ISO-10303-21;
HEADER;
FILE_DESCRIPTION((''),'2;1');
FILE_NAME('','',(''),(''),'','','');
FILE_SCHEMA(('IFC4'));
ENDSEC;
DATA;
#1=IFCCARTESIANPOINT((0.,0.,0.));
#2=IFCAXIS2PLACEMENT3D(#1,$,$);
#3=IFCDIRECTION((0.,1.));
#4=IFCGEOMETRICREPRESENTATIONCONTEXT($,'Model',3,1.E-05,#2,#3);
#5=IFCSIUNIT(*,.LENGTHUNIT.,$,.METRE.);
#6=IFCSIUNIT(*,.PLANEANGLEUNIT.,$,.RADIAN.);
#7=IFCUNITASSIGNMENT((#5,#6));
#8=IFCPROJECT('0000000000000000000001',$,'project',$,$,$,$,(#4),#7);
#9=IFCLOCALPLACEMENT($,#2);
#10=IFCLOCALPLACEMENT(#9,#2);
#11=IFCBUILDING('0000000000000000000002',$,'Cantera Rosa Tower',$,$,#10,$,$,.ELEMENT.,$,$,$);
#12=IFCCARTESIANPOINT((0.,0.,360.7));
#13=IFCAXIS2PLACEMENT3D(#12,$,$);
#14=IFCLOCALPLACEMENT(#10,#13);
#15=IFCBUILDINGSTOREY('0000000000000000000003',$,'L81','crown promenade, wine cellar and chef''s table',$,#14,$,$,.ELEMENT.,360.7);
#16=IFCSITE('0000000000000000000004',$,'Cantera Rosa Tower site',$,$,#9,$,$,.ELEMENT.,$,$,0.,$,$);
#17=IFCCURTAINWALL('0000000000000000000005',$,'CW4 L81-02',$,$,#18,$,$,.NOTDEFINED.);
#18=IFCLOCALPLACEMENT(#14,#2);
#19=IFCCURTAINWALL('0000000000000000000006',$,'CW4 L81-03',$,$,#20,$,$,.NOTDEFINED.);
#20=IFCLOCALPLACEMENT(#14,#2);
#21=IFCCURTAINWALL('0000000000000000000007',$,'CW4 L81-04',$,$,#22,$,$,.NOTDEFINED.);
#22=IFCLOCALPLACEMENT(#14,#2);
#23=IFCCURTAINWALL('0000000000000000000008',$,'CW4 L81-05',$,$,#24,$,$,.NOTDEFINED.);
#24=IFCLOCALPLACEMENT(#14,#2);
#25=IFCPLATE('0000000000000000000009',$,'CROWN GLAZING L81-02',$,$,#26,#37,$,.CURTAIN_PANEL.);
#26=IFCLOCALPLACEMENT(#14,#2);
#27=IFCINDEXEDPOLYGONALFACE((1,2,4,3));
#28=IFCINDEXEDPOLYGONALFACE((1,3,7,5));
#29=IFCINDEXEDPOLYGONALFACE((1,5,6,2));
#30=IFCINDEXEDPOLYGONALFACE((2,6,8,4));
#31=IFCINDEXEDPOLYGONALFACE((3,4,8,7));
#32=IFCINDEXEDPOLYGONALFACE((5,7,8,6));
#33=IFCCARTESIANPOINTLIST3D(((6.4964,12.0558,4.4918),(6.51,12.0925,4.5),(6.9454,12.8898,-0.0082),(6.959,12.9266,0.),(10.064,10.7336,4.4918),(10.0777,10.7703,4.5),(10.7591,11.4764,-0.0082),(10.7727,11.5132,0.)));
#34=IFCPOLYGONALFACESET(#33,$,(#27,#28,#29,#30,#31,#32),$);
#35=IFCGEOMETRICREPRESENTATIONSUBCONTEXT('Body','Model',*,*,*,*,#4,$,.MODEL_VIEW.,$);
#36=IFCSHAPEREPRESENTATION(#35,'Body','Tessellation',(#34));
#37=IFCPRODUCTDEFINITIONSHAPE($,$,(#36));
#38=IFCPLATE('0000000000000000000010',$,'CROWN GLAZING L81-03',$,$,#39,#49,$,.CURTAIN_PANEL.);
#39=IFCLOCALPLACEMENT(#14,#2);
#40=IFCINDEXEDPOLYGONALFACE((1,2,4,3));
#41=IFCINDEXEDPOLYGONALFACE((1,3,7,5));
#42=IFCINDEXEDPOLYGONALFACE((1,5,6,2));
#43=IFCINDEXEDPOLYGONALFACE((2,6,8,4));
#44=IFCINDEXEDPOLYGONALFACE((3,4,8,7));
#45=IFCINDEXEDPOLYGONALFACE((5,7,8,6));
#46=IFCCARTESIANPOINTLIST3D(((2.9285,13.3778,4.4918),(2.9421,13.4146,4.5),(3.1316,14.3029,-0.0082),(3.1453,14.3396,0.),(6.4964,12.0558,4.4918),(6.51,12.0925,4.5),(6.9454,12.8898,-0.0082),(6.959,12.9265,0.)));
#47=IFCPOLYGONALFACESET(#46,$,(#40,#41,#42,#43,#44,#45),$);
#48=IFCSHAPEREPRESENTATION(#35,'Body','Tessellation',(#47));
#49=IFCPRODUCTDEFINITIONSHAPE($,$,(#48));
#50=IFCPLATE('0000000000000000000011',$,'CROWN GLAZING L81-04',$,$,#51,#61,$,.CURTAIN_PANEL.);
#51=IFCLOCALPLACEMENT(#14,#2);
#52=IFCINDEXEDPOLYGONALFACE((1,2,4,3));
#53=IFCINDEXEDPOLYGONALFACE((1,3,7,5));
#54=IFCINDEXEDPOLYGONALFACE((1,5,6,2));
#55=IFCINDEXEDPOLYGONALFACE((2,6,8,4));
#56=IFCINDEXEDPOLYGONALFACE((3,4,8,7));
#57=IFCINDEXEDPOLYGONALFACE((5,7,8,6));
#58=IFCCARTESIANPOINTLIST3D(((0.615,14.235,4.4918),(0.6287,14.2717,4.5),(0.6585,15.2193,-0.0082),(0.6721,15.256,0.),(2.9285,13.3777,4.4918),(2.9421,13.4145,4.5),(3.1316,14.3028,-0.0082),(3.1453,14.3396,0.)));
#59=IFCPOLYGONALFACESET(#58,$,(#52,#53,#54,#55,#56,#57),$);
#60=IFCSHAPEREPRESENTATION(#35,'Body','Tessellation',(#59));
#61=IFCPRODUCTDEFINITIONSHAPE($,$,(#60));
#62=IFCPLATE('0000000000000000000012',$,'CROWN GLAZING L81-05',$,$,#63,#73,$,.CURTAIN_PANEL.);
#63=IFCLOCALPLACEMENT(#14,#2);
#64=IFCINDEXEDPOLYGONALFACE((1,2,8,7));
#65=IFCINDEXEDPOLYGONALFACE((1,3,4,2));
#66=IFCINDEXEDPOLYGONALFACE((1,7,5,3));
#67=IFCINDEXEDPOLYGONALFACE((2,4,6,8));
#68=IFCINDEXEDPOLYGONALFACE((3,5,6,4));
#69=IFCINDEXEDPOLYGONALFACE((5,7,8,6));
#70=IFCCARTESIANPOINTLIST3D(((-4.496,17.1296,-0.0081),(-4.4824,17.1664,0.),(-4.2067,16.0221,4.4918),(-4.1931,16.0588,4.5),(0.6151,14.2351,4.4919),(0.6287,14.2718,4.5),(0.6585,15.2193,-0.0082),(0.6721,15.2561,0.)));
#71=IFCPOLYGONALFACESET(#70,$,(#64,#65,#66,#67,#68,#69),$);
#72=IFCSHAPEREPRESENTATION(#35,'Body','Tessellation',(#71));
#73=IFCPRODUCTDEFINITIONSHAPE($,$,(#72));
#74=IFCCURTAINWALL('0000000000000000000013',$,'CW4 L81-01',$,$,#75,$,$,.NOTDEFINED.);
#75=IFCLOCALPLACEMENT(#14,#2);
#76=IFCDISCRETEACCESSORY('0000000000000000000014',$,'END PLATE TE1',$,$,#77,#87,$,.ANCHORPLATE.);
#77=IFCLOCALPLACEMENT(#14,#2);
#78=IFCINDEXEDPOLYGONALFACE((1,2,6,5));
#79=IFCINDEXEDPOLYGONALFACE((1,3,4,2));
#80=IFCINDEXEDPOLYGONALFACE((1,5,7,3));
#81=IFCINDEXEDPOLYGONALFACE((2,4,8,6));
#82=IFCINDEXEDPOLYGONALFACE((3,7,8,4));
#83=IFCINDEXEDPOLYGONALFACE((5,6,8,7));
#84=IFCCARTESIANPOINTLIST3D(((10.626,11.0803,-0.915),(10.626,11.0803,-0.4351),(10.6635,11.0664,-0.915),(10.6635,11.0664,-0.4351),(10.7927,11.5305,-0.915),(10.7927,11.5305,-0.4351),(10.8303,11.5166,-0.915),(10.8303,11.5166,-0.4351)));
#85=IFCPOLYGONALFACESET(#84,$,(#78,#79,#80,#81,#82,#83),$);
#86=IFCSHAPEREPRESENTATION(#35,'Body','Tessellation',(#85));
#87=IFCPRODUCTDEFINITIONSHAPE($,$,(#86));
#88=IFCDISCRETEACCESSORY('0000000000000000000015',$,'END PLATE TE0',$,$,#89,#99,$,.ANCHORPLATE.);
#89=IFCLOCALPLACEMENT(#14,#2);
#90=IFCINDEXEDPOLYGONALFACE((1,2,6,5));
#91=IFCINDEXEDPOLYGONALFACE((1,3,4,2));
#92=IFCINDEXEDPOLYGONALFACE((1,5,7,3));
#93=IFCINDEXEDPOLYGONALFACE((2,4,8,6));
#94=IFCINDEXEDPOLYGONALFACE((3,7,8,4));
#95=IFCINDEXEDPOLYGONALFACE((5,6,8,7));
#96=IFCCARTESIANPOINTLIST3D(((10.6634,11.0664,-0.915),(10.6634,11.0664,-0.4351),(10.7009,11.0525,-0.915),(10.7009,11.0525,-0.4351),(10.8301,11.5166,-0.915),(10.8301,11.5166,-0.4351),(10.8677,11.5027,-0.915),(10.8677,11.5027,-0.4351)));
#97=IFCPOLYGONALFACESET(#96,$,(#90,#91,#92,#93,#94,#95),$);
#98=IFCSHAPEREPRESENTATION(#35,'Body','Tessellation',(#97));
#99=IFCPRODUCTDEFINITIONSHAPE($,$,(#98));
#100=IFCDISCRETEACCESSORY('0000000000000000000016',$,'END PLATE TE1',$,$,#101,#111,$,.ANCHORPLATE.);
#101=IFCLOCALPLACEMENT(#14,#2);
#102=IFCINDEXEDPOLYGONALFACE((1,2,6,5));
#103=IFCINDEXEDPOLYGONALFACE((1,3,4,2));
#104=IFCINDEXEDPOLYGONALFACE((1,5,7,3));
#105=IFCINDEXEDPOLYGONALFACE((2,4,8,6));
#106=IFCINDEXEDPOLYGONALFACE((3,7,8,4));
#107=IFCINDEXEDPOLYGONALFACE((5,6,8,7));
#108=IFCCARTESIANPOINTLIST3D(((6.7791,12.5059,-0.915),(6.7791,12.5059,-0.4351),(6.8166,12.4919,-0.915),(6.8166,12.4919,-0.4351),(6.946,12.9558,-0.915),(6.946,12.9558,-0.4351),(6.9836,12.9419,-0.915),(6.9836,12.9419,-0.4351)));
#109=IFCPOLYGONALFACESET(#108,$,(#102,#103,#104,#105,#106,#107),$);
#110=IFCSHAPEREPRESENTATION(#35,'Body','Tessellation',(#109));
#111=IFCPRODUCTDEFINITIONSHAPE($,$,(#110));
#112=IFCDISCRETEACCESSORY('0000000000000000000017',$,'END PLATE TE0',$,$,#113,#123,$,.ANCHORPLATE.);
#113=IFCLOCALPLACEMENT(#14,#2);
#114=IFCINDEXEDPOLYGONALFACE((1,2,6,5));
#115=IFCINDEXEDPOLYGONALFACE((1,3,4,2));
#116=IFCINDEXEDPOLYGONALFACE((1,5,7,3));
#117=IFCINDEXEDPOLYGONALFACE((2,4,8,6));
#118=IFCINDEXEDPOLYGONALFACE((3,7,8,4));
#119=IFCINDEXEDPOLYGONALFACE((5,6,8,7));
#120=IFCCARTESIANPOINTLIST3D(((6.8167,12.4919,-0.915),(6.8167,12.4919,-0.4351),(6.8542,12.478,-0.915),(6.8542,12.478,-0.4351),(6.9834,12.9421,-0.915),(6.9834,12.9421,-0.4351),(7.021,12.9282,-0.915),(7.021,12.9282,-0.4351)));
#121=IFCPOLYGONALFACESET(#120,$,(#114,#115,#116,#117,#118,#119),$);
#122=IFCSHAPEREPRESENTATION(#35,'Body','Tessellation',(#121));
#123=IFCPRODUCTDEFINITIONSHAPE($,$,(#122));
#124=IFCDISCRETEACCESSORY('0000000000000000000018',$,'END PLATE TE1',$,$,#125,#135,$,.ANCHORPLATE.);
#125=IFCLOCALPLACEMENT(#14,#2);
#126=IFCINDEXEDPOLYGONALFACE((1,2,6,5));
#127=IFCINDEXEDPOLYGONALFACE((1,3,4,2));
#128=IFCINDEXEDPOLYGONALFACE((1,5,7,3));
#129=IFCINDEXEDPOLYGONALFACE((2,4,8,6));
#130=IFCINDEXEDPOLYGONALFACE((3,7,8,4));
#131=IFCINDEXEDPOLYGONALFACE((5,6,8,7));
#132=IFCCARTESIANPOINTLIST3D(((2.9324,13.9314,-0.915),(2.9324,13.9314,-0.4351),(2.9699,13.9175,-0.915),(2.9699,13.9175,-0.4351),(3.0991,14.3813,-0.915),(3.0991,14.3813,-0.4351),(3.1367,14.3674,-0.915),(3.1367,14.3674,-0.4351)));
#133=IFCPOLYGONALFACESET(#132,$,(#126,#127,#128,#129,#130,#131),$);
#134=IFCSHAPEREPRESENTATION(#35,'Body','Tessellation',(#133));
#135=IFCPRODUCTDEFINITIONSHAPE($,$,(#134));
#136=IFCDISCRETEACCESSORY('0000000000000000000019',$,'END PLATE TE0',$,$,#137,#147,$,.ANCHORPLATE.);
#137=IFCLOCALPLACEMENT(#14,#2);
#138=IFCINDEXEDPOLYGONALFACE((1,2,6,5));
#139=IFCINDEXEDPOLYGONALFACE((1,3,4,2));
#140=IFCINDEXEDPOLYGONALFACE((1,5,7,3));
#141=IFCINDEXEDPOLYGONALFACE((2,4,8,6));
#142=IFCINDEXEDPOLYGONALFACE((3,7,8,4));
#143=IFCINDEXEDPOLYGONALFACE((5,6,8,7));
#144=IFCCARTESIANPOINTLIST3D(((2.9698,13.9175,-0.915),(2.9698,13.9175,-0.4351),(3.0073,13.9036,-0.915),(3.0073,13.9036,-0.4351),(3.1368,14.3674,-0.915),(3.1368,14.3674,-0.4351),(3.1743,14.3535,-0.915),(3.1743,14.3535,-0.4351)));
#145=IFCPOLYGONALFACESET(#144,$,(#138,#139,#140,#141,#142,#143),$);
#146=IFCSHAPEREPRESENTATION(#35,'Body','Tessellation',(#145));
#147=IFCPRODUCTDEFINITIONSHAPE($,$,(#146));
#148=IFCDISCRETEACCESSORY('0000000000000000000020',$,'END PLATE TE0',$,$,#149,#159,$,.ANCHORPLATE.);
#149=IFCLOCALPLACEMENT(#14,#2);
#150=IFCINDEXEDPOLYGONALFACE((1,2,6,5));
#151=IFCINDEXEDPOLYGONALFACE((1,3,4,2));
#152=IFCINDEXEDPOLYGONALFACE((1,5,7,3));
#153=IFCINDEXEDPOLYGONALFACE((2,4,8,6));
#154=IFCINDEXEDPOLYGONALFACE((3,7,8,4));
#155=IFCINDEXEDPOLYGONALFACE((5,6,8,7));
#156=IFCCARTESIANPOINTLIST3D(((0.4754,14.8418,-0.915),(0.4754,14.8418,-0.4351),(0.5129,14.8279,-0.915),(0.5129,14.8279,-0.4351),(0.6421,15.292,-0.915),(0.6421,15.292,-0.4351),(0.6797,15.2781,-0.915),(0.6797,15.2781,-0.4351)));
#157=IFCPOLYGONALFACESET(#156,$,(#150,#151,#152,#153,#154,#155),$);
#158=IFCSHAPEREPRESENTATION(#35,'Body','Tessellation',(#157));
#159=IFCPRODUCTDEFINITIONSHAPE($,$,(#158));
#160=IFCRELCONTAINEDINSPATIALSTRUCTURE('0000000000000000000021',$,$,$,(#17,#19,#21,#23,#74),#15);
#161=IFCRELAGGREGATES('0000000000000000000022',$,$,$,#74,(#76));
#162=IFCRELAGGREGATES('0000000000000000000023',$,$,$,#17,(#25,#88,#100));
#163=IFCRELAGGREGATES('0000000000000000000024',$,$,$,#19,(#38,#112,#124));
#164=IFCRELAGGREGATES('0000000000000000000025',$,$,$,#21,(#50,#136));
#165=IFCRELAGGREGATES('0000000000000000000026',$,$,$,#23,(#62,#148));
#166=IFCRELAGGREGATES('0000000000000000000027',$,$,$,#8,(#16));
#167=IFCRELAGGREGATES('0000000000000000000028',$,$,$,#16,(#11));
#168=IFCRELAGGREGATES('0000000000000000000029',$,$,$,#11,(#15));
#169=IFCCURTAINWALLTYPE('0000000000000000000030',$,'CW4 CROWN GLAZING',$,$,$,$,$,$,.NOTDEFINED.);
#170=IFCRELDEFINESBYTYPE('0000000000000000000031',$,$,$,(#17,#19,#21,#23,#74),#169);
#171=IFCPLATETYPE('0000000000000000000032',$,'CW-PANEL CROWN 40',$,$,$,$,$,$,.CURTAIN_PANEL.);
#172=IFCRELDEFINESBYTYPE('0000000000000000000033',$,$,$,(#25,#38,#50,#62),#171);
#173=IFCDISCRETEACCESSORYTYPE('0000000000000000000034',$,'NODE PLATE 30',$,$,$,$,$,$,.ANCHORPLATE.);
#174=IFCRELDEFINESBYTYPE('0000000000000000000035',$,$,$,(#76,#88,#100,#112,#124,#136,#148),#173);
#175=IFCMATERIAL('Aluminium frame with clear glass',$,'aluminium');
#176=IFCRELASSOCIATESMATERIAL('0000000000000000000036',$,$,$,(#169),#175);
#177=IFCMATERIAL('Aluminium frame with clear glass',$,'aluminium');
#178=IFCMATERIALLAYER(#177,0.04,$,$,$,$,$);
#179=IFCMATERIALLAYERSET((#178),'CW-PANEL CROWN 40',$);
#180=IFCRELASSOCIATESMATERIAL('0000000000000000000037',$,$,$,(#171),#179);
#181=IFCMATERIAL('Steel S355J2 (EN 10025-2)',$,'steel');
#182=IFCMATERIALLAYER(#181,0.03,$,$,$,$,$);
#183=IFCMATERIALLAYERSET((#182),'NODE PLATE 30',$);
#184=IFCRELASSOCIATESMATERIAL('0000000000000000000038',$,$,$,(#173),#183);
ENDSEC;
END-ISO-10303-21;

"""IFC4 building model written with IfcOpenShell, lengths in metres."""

from ifc_helpers import new_model, si_unit, direction, frame, origin, place, context, subcontext, project, spatial, polyline, outline, extrude, material, layer, layer_set, type_object, element, aggregate, save


model = new_model("IFC4")

# Units and contexts
model_context = context("Model", 3, precision=1e-05, world=origin(), true_north=direction((0.0, 1.0)))
body_context = subcontext(model_context, "Body", "Model", "MODEL_VIEW")
ifc_project = project(units=[si_unit("LENGTHUNIT", "METRE"), si_unit("PLANEANGLEUNIT", "RADIAN")], contexts=[model_context])

# Site, building, storey
site_placement = place(None, origin())
site = spatial("IfcSite", under=ifc_project, at=site_placement, Name="Cantera Rosa Tower site", CompositionType="ELEMENT", RefElevation=0.0)
building_placement = place(site_placement, origin())
building = spatial("IfcBuilding", under=site, at=building_placement, Name="Cantera Rosa Tower", CompositionType="ELEMENT")
storey_placement = place(building_placement, frame((0.0, 0.0, 360.7)))
storey = spatial("IfcBuildingStorey", under=building, at=storey_placement, Name="L81", Description="crown promenade, wine cellar and chef's table", CompositionType="ELEMENT", Elevation=360.7)

# Curtain walls
ifc_material_1 = material(Name="Aluminium frame with clear glass", Category="aluminium")
curtain_wall_type = type_object("IfcCurtainWallType", Name="CW4 CROWN GLAZING", PredefinedType="NOTDEFINED", material=ifc_material_1)
curtain_wall_1_placement = place(storey_placement, origin())
curtain_wall_1 = element("IfcCurtainWall", 1, at=curtain_wall_1_placement, inside=storey, type_object=curtain_wall_type, Name="CW4 L81-02", PredefinedType="NOTDEFINED")
curtain_wall_2_placement = place(storey_placement, origin())
curtain_wall_2 = element("IfcCurtainWall", 2, at=curtain_wall_2_placement, inside=storey, type_object=curtain_wall_type, Name="CW4 L81-03", PredefinedType="NOTDEFINED")
curtain_wall_3_placement = place(storey_placement, origin())
curtain_wall_3 = element("IfcCurtainWall", 3, at=curtain_wall_3_placement, inside=storey, type_object=curtain_wall_type, Name="CW4 L81-04", PredefinedType="NOTDEFINED")
curtain_wall_4_placement = place(storey_placement, origin())
curtain_wall_4 = element("IfcCurtainWall", 4, at=curtain_wall_4_placement, inside=storey, type_object=curtain_wall_type, Name="CW4 L81-05", PredefinedType="NOTDEFINED")

# Plates
ifc_material_2 = material(Name="Aluminium frame with clear glass", Category="aluminium")
ifc_layer_1 = layer(ifc_material_2, 0.04)
ifc_layer_set_1 = layer_set([ifc_layer_1], Name="CW-PANEL CROWN 40")
plate_type = type_object("IfcPlateType", Name="CW-PANEL CROWN 40", PredefinedType="CURTAIN_PANEL", material=ifc_layer_set_1)
plate_1_placement = place(storey_placement, frame((10.7727, 11.5132, 0.0), z_axis=(0.340198, 0.917942, 0.204079), x_axis=(-0.937676, 0.347511, 0.000003)))
plate_1 = element("IfcPlate", 5, at=plate_1_placement, type_object=plate_type, Name="CROWN GLAZING L81-02", PredefinedType="CURTAIN_PANEL", context=body_context, shape_type="SweptSolid", body=[
    extrude(outline(polyline([(0.0, 0.0), (4.0672, 0.0), (4.1984, 4.5967), (0.3936, 4.5968), (0.0, 0.0)])), origin(), (0.0, 0.0, -1.0), 0.04),
])
plate_2_placement = place(storey_placement, frame((6.959, 12.9265, 0.0), z_axis=(0.340136, 0.917969, 0.20406), x_axis=(-0.9377, 0.347447, 0.000001)))
plate_2 = element("IfcPlate", 6, at=plate_2_placement, type_object=plate_type, Name="CROWN GLAZING L81-03", PredefinedType="CURTAIN_PANEL", context=body_context, shape_type="SweptSolid", body=[
    extrude(outline(polyline([(0.0, 0.0), (4.0671, 0.0), (3.9362, 4.5967), (0.1312, 4.5967), (0.0, 0.0)])), origin(), (0.0, 0.0, -1.0), 0.04),
])
plate_3_placement = place(storey_placement, frame((3.1453, 14.3396, 0.0), z_axis=(0.34015, 0.917961, 0.204072), x_axis=(-0.937694, 0.347463, -0.000006)))
plate_3 = element("IfcPlate", 7, at=plate_3_placement, type_object=plate_type, Name="CROWN GLAZING L81-04", PredefinedType="CURTAIN_PANEL", context=body_context, shape_type="SweptSolid", body=[
    extrude(outline(polyline([(0.0, 0.0), (2.6375, 0.0), (2.3362, 4.5967), (-0.131, 4.5967), (0.0, 0.0)])), origin(), (0.0, 0.0, -1.0), 0.04),
])
plate_4_placement = place(storey_placement, frame((0.6721, 15.2561, 0.0), z_axis=(0.340195, 0.917947, 0.204058), x_axis=(-0.937678, 0.347506, 0.000005)))
plate_4 = element("IfcPlate", 8, at=plate_4_placement, type_object=plate_type, Name="CROWN GLAZING L81-05", PredefinedType="CURTAIN_PANEL", context=body_context, shape_type="SweptSolid", body=[
    extrude(outline(polyline([(0.0, 0.0), (5.4971, 0.0), (4.841, 4.5967), (-0.3013, 4.5967), (0.0, 0.0)])), origin(), (0.0, 0.0, -1.0), 0.04),
])

# Curtain wall, discrete accessory
curtain_wall_5_placement = place(storey_placement, origin())
curtain_wall_5 = element("IfcCurtainWall", 9, at=curtain_wall_5_placement, inside=storey, type_object=curtain_wall_type, Name="CW4 L81-01", PredefinedType="NOTDEFINED")
ifc_material_3 = material(Name="Steel S355J2 (EN 10025-2)", Category="steel")
ifc_layer_2 = layer(ifc_material_3, 0.03)
ifc_layer_set_2 = layer_set([ifc_layer_2], Name="NODE PLATE 30")
discrete_accessory_type = type_object("IfcDiscreteAccessoryType", Name="NODE PLATE 30", PredefinedType="ANCHORPLATE", material=ifc_layer_set_2)
discrete_accessory_1_placement = place(storey_placement, frame((10.626, 11.0803, -0.4351), z_axis=(-0.937743, 0.347331, 0.0), x_axis=(0.347331, 0.937743, 0.0)))
discrete_accessory_1 = element("IfcDiscreteAccessory", 10, at=discrete_accessory_1_placement, type_object=discrete_accessory_type, Name="END PLATE TE1", PredefinedType="ANCHORPLATE", context=body_context, shape_type="SweptSolid", body=[
    extrude(outline(polyline([(0.0, 0.0), (0.4801, 0.0), (0.4801, 0.48), (0.0, 0.48), (0.0, 0.0)])), origin(), (0.0, 0.0, -1.0), 0.04),
])
aggregate(curtain_wall_5, [discrete_accessory_1])

# Discrete accessories
discrete_accessory_2_placement = place(storey_placement, frame((10.8677, 11.5027, -0.4351), z_axis=(0.937743, -0.347331, 0.0), x_axis=(-0.347331, -0.937743, 0.0)))
discrete_accessory_2 = element("IfcDiscreteAccessory", 11, at=discrete_accessory_2_placement, type_object=discrete_accessory_type, Name="END PLATE TE0", PredefinedType="ANCHORPLATE", context=body_context, shape_type="SweptSolid", body=[
    extrude(outline(polyline([(0.0, 0.0), (0.4801, 0.0), (0.4801, 0.48), (0.0, 0.48), (0.0, 0.0)])), origin(), (0.0, 0.0, -1.0), 0.04),
])
discrete_accessory_3_placement = place(storey_placement, frame((6.7791, 12.5059, -0.4351), z_axis=(-0.937515, 0.347944, 0.0), x_axis=(0.347944, 0.937515, 0.0)))
discrete_accessory_3 = element("IfcDiscreteAccessory", 12, at=discrete_accessory_3_placement, type_object=discrete_accessory_type, Name="END PLATE TE1", PredefinedType="ANCHORPLATE", context=body_context, shape_type="SweptSolid", body=[
    extrude(outline(polyline([(0.0, 0.0), (0.4799, 0.0), (0.4799, 0.48), (0.0, 0.48), (0.0, 0.0)])), origin(), (0.0, 0.0, -1.0), 0.04),
])
aggregate(curtain_wall_1, [plate_1, discrete_accessory_2, discrete_accessory_3])
discrete_accessory_4_placement = place(storey_placement, frame((7.021, 12.9282, -0.4351), z_axis=(0.937743, -0.347331, 0.0), x_axis=(-0.347331, -0.937743, 0.0)))
discrete_accessory_4 = element("IfcDiscreteAccessory", 13, at=discrete_accessory_4_placement, type_object=discrete_accessory_type, Name="END PLATE TE0", PredefinedType="ANCHORPLATE", context=body_context, shape_type="SweptSolid", body=[
    extrude(outline(polyline([(0.0, 0.0), (0.4801, 0.0), (0.4801, 0.48), (0.0, 0.48), (0.0, 0.0)])), origin(), (0.0, 0.0, -1.0), 0.04),
])
discrete_accessory_5_placement = place(storey_placement, frame((2.9324, 13.9314, -0.4351), z_axis=(-0.937681, 0.347497, 0.0), x_axis=(0.347497, 0.937681, 0.0)))
discrete_accessory_5 = element("IfcDiscreteAccessory", 14, at=discrete_accessory_5_placement, type_object=discrete_accessory_type, Name="END PLATE TE1", PredefinedType="ANCHORPLATE", context=body_context, shape_type="SweptSolid", body=[
    extrude(outline(polyline([(0.0, 0.0), (0.4799, 0.0), (0.4799, 0.48), (0.0, 0.48), (0.0, 0.0)])), origin(), (0.0, 0.0, -1.0), 0.04),
])
aggregate(curtain_wall_2, [plate_2, discrete_accessory_4, discrete_accessory_5])
discrete_accessory_6_placement = place(storey_placement, frame((3.1743, 14.3535, -0.4351), z_axis=(0.937515, -0.347944, 0.0), x_axis=(-0.347944, -0.937515, 0.0)))
discrete_accessory_6 = element("IfcDiscreteAccessory", 15, at=discrete_accessory_6_placement, type_object=discrete_accessory_type, Name="END PLATE TE0", PredefinedType="ANCHORPLATE", context=body_context, shape_type="SweptSolid", body=[
    extrude(outline(polyline([(0.0, 0.0), (0.4799, 0.0), (0.4799, 0.48), (0.0, 0.48), (0.0, 0.0)])), origin(), (0.0, 0.0, -1.0), 0.04),
])
aggregate(curtain_wall_3, [plate_3, discrete_accessory_6])
discrete_accessory_7_placement = place(storey_placement, frame((0.6797, 15.2781, -0.4351), z_axis=(0.937743, -0.347331, 0.0), x_axis=(-0.347331, -0.937743, 0.0)))
discrete_accessory_7 = element("IfcDiscreteAccessory", 16, at=discrete_accessory_7_placement, type_object=discrete_accessory_type, Name="END PLATE TE0", PredefinedType="ANCHORPLATE", context=body_context, shape_type="SweptSolid", body=[
    extrude(outline(polyline([(0.0, 0.0), (0.4801, 0.0), (0.4801, 0.48), (0.0, 0.48), (0.0, 0.0)])), origin(), (0.0, 0.0, -1.0), 0.04),
])
aggregate(curtain_wall_4, [plate_4, discrete_accessory_7])

save(model, "model.ifc")
